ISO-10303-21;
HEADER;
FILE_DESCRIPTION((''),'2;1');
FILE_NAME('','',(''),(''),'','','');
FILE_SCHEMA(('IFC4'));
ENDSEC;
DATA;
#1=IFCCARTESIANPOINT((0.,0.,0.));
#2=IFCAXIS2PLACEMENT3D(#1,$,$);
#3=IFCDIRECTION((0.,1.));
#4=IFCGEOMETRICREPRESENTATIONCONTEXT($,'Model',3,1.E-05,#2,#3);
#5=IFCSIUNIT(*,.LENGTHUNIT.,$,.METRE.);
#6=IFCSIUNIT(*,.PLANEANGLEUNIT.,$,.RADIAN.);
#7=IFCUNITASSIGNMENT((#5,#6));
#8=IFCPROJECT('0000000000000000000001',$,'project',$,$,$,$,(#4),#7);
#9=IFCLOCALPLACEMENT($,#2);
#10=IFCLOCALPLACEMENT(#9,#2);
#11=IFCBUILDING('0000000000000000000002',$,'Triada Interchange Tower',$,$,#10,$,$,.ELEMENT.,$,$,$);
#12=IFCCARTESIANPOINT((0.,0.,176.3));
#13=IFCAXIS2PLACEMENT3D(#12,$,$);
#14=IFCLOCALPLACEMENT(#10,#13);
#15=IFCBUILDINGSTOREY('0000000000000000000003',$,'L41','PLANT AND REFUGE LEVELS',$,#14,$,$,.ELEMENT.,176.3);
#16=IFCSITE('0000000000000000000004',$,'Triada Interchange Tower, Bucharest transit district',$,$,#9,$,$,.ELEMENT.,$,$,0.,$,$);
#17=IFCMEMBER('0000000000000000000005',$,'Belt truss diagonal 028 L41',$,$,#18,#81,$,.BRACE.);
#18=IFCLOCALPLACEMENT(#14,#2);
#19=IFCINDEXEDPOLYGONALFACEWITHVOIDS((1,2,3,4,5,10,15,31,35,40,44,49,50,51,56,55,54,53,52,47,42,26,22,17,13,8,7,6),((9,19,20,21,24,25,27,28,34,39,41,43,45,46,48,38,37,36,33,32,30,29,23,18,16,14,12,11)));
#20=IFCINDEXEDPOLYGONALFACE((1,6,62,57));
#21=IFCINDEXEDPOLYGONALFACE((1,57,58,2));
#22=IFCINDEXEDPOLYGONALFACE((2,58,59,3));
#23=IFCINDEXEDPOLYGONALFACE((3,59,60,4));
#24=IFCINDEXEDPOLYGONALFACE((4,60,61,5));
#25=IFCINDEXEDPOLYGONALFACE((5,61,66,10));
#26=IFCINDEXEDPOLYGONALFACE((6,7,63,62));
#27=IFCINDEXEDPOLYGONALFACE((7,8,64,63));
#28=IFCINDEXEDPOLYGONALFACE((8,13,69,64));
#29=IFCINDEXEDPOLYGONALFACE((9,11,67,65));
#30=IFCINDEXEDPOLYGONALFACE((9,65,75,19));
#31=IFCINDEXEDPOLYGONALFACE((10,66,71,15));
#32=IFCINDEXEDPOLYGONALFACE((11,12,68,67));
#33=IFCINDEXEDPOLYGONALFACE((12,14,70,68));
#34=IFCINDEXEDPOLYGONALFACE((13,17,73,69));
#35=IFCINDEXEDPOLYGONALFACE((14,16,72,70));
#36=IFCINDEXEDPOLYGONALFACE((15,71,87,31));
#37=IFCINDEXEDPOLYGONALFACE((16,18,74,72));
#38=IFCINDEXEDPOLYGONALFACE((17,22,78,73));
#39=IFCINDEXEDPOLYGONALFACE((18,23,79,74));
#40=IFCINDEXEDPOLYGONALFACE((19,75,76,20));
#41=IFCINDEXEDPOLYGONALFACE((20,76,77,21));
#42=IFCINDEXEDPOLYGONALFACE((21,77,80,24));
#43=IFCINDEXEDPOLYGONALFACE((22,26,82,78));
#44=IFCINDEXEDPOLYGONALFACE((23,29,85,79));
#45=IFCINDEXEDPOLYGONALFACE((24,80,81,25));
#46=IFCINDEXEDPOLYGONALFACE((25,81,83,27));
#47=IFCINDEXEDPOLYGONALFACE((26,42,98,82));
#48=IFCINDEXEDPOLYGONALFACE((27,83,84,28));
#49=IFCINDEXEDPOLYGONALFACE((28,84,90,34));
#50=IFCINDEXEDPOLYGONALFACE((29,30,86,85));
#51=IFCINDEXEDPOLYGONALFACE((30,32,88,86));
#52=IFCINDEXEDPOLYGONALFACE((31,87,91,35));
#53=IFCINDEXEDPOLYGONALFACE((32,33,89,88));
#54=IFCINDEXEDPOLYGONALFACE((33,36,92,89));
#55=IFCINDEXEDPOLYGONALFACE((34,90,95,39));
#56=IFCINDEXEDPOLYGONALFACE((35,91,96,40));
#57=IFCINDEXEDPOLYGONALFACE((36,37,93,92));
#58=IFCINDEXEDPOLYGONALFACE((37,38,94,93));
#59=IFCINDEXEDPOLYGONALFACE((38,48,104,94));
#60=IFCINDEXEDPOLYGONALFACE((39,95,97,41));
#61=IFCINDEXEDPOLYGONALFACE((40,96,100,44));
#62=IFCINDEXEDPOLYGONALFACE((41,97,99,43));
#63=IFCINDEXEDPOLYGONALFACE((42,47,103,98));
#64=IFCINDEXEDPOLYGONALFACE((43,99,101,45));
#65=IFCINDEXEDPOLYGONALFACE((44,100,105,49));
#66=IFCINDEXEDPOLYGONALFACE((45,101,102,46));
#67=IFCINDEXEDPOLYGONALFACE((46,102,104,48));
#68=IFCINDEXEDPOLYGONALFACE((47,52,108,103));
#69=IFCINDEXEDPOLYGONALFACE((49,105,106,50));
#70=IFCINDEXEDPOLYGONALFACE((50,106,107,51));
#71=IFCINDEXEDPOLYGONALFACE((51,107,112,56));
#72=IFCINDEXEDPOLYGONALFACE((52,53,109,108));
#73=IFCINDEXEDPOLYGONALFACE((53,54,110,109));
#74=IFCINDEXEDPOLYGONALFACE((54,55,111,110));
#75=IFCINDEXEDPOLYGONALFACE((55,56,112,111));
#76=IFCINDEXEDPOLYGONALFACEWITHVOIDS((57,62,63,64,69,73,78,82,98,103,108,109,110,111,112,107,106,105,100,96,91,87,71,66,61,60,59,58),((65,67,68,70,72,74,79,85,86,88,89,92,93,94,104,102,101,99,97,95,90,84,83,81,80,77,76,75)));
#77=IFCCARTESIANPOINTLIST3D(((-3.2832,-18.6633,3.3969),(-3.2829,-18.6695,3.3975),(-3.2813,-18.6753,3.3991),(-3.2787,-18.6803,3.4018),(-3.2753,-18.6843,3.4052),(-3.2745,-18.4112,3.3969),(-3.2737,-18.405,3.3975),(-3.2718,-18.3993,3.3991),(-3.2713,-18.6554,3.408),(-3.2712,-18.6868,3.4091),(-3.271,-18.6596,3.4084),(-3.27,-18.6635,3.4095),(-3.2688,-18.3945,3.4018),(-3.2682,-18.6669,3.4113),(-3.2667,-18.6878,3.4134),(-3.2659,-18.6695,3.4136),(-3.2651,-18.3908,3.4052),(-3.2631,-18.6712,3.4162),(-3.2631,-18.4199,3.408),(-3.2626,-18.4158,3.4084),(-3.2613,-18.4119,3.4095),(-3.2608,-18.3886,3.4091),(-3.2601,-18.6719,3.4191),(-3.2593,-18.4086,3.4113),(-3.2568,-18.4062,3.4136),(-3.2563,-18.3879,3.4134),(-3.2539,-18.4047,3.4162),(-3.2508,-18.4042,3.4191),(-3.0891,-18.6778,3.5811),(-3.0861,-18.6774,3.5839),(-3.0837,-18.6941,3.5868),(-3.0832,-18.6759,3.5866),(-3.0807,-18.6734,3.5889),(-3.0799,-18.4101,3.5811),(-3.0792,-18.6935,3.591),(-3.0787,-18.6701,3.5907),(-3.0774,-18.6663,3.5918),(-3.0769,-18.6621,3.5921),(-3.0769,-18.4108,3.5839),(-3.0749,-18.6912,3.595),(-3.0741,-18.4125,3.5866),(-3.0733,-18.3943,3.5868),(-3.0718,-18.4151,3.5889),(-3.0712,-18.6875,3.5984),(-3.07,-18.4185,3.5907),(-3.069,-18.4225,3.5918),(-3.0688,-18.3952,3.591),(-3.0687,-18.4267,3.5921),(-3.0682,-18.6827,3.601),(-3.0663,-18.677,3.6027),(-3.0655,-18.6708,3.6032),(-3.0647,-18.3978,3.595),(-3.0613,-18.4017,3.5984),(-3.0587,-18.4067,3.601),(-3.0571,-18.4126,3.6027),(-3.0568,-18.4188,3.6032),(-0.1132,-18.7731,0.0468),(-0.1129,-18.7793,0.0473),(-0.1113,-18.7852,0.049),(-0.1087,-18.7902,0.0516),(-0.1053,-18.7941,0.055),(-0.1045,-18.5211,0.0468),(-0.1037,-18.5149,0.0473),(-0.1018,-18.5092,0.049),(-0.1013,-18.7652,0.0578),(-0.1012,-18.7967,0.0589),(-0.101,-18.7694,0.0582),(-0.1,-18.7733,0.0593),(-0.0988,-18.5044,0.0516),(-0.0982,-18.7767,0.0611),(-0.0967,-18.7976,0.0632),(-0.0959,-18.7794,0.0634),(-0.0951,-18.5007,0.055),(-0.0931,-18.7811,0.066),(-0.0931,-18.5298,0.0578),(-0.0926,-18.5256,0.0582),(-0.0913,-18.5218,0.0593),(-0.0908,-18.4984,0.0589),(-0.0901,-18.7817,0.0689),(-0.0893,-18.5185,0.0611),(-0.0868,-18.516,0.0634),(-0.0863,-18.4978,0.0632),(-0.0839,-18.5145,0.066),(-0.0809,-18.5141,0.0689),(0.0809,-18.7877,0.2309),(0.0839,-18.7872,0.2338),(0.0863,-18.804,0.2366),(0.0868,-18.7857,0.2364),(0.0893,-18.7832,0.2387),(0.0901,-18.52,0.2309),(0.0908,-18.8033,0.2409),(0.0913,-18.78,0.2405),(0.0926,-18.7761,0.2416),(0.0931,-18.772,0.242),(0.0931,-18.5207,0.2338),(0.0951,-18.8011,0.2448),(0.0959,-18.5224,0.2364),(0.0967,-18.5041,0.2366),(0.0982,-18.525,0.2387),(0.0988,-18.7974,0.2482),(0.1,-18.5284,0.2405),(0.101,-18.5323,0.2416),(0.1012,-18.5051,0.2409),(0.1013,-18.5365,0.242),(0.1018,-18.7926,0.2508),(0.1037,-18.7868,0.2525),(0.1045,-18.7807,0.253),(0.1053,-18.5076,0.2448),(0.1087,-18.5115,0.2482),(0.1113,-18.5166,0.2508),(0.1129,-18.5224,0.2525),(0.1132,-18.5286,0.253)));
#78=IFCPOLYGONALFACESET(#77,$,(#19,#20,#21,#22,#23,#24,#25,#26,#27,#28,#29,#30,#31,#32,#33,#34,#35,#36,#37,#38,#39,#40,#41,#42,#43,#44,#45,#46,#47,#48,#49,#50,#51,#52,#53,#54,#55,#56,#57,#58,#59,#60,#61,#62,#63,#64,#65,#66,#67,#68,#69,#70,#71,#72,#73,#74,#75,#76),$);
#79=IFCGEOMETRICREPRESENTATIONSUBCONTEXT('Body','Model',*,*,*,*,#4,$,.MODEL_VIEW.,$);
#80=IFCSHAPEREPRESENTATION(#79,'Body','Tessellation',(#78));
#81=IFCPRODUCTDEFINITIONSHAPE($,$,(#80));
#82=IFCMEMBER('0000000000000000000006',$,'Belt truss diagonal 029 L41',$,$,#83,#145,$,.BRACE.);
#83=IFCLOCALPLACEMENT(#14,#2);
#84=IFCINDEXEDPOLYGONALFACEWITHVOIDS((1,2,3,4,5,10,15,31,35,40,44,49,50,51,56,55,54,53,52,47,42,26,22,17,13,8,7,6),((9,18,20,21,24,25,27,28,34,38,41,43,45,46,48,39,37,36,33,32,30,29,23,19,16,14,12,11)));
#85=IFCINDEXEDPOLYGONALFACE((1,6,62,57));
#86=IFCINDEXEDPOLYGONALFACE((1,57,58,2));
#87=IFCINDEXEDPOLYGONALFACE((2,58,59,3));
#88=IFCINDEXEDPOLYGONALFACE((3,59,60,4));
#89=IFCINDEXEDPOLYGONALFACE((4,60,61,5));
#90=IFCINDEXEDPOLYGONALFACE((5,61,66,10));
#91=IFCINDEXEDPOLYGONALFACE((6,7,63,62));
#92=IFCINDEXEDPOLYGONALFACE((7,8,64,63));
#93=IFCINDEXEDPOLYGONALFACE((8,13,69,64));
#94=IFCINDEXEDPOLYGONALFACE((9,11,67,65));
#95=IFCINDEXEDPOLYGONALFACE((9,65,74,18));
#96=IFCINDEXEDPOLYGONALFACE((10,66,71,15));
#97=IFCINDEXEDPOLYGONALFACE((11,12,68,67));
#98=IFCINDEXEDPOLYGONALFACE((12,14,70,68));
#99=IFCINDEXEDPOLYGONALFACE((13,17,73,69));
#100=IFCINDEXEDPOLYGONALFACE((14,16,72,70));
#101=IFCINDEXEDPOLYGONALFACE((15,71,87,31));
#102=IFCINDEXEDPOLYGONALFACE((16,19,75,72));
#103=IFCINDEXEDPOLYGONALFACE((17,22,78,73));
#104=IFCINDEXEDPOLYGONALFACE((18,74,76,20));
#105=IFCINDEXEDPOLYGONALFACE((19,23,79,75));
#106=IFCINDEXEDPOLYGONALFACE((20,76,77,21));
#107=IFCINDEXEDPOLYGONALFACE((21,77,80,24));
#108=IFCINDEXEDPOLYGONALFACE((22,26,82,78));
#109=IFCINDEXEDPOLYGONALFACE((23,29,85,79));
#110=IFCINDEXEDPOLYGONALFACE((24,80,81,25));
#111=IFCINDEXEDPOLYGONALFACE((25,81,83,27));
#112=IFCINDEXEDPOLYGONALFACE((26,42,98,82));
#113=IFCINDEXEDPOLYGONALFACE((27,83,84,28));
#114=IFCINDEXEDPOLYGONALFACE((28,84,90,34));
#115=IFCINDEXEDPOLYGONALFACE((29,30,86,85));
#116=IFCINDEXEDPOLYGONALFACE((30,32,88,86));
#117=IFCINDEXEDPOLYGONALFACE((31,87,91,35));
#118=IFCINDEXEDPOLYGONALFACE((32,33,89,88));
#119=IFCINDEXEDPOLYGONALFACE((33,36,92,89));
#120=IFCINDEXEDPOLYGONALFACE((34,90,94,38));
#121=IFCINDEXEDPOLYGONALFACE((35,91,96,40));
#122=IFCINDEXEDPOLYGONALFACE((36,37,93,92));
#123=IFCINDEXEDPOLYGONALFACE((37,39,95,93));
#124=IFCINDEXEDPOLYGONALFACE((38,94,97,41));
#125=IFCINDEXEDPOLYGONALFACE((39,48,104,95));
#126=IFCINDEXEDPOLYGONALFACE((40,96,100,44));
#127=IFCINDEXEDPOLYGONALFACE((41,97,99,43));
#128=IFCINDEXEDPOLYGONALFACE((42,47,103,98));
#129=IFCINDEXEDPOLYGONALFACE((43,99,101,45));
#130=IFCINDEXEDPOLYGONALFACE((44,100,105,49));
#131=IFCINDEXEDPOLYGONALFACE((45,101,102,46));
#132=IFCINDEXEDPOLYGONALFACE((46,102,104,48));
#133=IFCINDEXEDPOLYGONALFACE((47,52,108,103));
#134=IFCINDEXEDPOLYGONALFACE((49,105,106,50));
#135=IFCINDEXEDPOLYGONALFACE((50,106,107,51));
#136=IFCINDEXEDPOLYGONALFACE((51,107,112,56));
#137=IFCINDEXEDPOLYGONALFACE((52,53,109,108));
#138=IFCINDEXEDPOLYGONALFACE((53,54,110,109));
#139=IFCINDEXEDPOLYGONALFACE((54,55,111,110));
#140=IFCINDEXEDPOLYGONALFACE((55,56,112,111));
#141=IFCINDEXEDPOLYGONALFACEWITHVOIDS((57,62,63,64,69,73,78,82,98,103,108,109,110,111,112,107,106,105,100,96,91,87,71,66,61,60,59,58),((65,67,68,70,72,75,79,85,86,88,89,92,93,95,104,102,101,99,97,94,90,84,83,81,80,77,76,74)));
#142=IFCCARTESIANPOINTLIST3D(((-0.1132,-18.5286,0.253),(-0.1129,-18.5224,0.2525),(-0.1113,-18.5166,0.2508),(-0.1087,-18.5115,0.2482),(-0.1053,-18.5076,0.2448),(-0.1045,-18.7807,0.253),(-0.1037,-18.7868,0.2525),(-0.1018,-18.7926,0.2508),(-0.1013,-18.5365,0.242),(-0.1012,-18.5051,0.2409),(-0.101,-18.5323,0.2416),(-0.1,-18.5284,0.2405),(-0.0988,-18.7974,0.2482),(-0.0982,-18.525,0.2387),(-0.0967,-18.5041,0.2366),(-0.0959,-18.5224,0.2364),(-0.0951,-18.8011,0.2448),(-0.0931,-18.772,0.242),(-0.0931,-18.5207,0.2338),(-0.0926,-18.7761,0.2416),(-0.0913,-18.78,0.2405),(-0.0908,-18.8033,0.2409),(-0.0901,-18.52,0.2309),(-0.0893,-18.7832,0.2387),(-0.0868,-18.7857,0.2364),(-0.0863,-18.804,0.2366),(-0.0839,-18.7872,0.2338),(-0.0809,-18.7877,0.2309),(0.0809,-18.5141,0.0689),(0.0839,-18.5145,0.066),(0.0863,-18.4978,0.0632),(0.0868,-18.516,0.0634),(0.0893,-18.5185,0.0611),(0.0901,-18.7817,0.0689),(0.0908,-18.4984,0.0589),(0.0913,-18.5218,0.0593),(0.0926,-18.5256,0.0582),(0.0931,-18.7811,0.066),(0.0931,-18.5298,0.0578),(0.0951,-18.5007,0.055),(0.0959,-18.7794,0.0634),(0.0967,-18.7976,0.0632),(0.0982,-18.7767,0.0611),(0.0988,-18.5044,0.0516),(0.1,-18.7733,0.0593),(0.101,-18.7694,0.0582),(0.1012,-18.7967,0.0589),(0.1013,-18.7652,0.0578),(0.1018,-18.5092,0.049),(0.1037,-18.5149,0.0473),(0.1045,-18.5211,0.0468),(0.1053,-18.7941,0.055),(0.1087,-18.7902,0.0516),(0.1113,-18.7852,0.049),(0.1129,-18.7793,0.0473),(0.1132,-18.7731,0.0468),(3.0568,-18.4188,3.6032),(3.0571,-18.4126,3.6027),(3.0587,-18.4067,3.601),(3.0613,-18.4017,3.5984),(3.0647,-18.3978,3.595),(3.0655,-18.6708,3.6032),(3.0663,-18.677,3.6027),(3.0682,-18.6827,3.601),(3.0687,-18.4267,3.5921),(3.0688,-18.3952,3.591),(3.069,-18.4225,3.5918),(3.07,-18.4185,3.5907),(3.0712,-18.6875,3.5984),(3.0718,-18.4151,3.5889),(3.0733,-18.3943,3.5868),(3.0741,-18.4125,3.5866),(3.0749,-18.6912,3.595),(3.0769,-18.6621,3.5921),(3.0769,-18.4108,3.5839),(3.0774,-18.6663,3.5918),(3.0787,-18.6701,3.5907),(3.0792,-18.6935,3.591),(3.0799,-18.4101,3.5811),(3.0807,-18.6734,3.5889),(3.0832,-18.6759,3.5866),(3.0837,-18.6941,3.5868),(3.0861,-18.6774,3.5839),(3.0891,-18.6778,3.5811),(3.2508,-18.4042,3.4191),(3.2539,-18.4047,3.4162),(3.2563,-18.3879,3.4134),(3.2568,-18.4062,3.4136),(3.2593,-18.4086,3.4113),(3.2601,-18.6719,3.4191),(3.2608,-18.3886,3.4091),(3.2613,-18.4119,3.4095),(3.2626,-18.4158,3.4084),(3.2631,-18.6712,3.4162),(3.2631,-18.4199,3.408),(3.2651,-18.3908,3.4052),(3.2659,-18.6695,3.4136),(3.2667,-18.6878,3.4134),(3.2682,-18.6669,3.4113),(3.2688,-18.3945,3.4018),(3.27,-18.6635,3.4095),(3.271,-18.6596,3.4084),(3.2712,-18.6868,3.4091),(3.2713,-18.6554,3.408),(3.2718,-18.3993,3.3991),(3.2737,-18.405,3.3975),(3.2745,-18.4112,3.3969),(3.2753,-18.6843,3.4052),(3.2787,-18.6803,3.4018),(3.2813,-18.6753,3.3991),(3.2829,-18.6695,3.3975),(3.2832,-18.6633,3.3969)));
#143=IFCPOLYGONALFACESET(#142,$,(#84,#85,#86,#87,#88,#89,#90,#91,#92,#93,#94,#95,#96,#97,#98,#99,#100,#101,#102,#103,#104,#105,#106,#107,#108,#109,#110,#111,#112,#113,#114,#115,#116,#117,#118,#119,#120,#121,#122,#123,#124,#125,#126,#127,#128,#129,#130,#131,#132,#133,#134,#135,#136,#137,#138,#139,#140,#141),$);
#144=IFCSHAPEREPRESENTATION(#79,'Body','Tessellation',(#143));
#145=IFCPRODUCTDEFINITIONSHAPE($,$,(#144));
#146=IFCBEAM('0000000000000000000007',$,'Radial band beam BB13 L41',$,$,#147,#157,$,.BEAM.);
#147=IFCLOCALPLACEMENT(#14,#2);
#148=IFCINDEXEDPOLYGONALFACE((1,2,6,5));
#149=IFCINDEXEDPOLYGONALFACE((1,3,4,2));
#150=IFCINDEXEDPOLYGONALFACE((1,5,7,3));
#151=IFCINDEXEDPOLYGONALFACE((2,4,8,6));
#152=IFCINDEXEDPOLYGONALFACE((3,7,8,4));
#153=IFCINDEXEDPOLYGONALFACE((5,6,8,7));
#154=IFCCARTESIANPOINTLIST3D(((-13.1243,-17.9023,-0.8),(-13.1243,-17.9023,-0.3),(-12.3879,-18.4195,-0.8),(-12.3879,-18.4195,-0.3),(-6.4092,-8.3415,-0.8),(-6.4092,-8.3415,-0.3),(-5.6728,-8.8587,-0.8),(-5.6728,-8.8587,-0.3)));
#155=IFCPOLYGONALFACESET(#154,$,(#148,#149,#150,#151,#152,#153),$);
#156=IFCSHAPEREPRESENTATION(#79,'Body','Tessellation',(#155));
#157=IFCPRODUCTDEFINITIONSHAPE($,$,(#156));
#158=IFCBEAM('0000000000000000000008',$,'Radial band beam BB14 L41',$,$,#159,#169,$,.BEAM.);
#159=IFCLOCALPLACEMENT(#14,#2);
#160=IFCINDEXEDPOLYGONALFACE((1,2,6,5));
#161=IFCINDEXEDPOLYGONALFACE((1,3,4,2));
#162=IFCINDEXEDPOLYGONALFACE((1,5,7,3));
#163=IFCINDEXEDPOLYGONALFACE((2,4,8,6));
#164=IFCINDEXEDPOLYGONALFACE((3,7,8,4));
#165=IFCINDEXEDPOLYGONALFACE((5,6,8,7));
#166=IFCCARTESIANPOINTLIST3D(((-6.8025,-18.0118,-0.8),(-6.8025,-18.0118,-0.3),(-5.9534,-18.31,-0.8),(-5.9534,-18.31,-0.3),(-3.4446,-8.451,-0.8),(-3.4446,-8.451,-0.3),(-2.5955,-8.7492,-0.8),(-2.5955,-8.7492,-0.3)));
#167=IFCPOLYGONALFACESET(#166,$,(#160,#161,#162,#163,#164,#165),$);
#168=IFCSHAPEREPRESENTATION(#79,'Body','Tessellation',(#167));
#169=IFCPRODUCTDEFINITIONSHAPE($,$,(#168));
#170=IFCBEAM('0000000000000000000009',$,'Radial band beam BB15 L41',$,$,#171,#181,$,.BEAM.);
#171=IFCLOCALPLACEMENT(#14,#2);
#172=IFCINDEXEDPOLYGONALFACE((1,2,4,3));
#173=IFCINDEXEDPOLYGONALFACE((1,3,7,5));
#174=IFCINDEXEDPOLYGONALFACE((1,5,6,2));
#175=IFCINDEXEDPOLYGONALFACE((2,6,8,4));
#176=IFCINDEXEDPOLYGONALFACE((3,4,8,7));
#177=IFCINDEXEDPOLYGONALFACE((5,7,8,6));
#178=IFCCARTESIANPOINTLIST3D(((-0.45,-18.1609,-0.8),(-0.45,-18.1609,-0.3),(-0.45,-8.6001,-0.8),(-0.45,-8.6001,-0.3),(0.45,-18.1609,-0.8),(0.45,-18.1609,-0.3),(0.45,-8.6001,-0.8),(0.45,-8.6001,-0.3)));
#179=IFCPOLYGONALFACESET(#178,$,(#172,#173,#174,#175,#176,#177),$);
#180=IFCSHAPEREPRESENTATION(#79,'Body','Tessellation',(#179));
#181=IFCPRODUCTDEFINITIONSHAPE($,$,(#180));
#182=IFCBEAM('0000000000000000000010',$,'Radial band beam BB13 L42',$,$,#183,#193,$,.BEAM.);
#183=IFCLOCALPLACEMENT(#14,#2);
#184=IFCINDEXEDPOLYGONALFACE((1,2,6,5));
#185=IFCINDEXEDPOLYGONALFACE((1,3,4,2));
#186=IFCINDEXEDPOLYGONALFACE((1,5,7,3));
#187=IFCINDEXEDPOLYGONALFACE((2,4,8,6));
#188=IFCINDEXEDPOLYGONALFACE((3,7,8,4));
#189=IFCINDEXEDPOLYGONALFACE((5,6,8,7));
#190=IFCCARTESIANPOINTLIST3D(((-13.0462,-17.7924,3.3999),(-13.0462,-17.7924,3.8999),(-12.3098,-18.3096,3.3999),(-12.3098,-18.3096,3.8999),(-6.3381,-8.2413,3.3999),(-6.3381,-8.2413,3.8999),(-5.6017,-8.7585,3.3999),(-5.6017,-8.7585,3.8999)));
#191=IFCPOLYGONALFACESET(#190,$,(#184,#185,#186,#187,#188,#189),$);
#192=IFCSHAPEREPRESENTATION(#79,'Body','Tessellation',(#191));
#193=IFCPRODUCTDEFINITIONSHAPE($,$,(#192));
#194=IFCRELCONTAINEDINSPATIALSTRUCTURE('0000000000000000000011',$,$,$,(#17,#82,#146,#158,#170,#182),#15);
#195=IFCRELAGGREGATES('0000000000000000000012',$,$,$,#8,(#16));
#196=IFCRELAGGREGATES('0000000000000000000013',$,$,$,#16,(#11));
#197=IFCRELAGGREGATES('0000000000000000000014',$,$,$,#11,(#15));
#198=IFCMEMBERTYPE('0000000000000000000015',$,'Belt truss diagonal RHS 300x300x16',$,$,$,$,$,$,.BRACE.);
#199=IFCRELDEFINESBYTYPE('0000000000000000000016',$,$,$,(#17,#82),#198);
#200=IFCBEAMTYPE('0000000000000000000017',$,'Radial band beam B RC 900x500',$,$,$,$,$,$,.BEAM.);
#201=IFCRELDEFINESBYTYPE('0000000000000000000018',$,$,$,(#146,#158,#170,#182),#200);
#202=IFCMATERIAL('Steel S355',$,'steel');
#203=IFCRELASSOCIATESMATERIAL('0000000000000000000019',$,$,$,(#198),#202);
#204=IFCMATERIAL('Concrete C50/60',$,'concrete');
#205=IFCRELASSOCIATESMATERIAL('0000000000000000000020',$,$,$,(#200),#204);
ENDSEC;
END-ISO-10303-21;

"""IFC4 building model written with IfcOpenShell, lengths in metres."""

from ifc_helpers import new_model, si_unit, direction, frame, origin, origin_2d, place, context, subcontext, project, spatial, rectangle, hollow_rectangle, extrude, material, material_profile, profile_set, type_object, element, save


model = new_model("IFC4")

# Units and contexts
model_context = context("Model", 3, precision=1e-05, world=origin(), true_north=direction((0.0, 1.0)))
body_context = subcontext(model_context, "Body", "Model", "MODEL_VIEW")
ifc_project = project(units=[si_unit("LENGTHUNIT", "METRE"), si_unit("PLANEANGLEUNIT", "RADIAN")], contexts=[model_context])

# Site, building, storey
site_placement = place(None, origin())
site = spatial("IfcSite", under=ifc_project, at=site_placement, Name="Triada Interchange Tower, Bucharest transit district", CompositionType="ELEMENT", RefElevation=0.0)
building_placement = place(site_placement, origin())
building = spatial("IfcBuilding", under=site, at=building_placement, Name="Triada Interchange Tower", CompositionType="ELEMENT")
storey_placement = place(building_placement, frame((0.0, 0.0, 176.3)))
storey = spatial("IfcBuildingStorey", under=building, at=storey_placement, Name="L41", Description="PLANT AND REFUGE LEVELS", CompositionType="ELEMENT", Elevation=176.3)

# Members
ifc_material_1 = material(Name="Steel S355", Category="steel")
ifc_material_profile_1 = material_profile(ifc_material_1, hollow_rectangle(XDim=0.3, YDim=0.3, WallThickness=0.0161, InnerFilletRadius=0.0161, OuterFilletRadius=0.0239, at=origin_2d()), Name="RHS 300x300x16")
ifc_profile_set_1 = profile_set([ifc_material_profile_1], Name="Steel S355")
member_type = type_object("IfcMemberType", Name="Belt truss diagonal RHS 300x300x16", PredefinedType="BRACE", material=ifc_profile_set_1)
for number, where, z_axis, x_axis, name in (
    (1, (0.0, -18.6509, 0.1499), (-0.687109, 0.023814, 0.726164), (-0.034637, -0.9994, 0.0), "Belt truss diagonal 028 L41"),
    (2, (0.0, -18.6509, 0.1499), (0.687109, 0.023814, 0.726164), (-0.034637, 0.9994, 0.0), "Belt truss diagonal 029 L41"),
):
    element("IfcMember", number, at=place(storey_placement, frame(where, z_axis=z_axis, x_axis=x_axis)), inside=storey, type_object=member_type, Name=name, PredefinedType="BRACE", context=body_context, shape_type="SweptSolid", body=[
        extrude(hollow_rectangle(XDim=0.3, YDim=0.3, WallThickness=0.0161, InnerFilletRadius=0.0161, OuterFilletRadius=0.0239, at=origin_2d()), origin(), (0.0, 0.0, 1.0), 4.6135),
    ])

# Beams
ifc_material_2 = material(Name="Concrete C50/60", Category="concrete")
ifc_material_profile_2 = material_profile(ifc_material_2, rectangle(XDim=0.8999, YDim=0.5, at=origin_2d()), Name="RC 900x500")
ifc_profile_set_2 = profile_set([ifc_material_profile_2], Name="Concrete C50/60")
beam_type_1 = type_object("IfcBeamType", Name="Radial band beam B RC 900x500", PredefinedType="BEAM", material=ifc_profile_set_2)
beam_1_placement = place(storey_placement, frame((-12.7561, -18.1609, -0.55), z_axis=(0.574756, 0.818325, 0.0), x_axis=(-0.818325, 0.574756, 0.0)))
element("IfcBeam", 3, at=beam_1_placement, inside=storey, type_object=beam_type_1, Name="Radial band beam BB13 L41", PredefinedType="BEAM", context=body_context, shape_type="SweptSolid", body=[
    extrude(rectangle(XDim=0.8999, YDim=0.5, at=origin_2d()), origin(), (0.0, 0.0, 1.0), 11.6833),
])
beam_2_placement = place(storey_placement, frame((-6.3779, -18.1609, -0.55), z_axis=(0.331373, 0.9435, 0.0), x_axis=(-0.9435, 0.331373, 0.0)))
element("IfcBeam", 4, at=beam_2_placement, inside=storey, type_object=beam_type_1, Name="Radial band beam BB14 L41", PredefinedType="BEAM", context=body_context, shape_type="SweptSolid", body=[
    extrude(rectangle(XDim=0.8999, YDim=0.5, at=origin_2d()), origin(), (0.0, 0.0, 1.0), 10.1333),
])
beam_3_placement = place(storey_placement, frame((0.0, -18.1609, -0.55), z_axis=(0.0, 1.0, 0.0), x_axis=(-1.0, 0.0, 0.0)))
element("IfcBeam", 5, at=beam_3_placement, inside=storey, type_object=beam_type_1, Name="Radial band beam BB15 L41", PredefinedType="BEAM", context=body_context, shape_type="SweptSolid", body=[
    extrude(rectangle(XDim=0.8999, YDim=0.5, at=origin_2d()), origin(), (0.0, 0.0, 1.0), 9.5608),
])
beam_4_placement = place(storey_placement, frame((-12.678, -18.051, 3.6499), z_axis=(0.574743, 0.818334, 0.0), x_axis=(-0.818334, 0.574743, 0.0)))
element("IfcBeam", 6, at=beam_4_placement, inside=storey, type_object=beam_type_1, Name="Radial band beam BB13 L42", PredefinedType="BEAM", context=body_context, shape_type="SweptSolid", body=[
    extrude(rectangle(XDim=0.8999, YDim=0.5, at=origin_2d()), origin(), (0.0, 0.0, 1.0), 11.6714),
])

save(model, "model.ifc")
